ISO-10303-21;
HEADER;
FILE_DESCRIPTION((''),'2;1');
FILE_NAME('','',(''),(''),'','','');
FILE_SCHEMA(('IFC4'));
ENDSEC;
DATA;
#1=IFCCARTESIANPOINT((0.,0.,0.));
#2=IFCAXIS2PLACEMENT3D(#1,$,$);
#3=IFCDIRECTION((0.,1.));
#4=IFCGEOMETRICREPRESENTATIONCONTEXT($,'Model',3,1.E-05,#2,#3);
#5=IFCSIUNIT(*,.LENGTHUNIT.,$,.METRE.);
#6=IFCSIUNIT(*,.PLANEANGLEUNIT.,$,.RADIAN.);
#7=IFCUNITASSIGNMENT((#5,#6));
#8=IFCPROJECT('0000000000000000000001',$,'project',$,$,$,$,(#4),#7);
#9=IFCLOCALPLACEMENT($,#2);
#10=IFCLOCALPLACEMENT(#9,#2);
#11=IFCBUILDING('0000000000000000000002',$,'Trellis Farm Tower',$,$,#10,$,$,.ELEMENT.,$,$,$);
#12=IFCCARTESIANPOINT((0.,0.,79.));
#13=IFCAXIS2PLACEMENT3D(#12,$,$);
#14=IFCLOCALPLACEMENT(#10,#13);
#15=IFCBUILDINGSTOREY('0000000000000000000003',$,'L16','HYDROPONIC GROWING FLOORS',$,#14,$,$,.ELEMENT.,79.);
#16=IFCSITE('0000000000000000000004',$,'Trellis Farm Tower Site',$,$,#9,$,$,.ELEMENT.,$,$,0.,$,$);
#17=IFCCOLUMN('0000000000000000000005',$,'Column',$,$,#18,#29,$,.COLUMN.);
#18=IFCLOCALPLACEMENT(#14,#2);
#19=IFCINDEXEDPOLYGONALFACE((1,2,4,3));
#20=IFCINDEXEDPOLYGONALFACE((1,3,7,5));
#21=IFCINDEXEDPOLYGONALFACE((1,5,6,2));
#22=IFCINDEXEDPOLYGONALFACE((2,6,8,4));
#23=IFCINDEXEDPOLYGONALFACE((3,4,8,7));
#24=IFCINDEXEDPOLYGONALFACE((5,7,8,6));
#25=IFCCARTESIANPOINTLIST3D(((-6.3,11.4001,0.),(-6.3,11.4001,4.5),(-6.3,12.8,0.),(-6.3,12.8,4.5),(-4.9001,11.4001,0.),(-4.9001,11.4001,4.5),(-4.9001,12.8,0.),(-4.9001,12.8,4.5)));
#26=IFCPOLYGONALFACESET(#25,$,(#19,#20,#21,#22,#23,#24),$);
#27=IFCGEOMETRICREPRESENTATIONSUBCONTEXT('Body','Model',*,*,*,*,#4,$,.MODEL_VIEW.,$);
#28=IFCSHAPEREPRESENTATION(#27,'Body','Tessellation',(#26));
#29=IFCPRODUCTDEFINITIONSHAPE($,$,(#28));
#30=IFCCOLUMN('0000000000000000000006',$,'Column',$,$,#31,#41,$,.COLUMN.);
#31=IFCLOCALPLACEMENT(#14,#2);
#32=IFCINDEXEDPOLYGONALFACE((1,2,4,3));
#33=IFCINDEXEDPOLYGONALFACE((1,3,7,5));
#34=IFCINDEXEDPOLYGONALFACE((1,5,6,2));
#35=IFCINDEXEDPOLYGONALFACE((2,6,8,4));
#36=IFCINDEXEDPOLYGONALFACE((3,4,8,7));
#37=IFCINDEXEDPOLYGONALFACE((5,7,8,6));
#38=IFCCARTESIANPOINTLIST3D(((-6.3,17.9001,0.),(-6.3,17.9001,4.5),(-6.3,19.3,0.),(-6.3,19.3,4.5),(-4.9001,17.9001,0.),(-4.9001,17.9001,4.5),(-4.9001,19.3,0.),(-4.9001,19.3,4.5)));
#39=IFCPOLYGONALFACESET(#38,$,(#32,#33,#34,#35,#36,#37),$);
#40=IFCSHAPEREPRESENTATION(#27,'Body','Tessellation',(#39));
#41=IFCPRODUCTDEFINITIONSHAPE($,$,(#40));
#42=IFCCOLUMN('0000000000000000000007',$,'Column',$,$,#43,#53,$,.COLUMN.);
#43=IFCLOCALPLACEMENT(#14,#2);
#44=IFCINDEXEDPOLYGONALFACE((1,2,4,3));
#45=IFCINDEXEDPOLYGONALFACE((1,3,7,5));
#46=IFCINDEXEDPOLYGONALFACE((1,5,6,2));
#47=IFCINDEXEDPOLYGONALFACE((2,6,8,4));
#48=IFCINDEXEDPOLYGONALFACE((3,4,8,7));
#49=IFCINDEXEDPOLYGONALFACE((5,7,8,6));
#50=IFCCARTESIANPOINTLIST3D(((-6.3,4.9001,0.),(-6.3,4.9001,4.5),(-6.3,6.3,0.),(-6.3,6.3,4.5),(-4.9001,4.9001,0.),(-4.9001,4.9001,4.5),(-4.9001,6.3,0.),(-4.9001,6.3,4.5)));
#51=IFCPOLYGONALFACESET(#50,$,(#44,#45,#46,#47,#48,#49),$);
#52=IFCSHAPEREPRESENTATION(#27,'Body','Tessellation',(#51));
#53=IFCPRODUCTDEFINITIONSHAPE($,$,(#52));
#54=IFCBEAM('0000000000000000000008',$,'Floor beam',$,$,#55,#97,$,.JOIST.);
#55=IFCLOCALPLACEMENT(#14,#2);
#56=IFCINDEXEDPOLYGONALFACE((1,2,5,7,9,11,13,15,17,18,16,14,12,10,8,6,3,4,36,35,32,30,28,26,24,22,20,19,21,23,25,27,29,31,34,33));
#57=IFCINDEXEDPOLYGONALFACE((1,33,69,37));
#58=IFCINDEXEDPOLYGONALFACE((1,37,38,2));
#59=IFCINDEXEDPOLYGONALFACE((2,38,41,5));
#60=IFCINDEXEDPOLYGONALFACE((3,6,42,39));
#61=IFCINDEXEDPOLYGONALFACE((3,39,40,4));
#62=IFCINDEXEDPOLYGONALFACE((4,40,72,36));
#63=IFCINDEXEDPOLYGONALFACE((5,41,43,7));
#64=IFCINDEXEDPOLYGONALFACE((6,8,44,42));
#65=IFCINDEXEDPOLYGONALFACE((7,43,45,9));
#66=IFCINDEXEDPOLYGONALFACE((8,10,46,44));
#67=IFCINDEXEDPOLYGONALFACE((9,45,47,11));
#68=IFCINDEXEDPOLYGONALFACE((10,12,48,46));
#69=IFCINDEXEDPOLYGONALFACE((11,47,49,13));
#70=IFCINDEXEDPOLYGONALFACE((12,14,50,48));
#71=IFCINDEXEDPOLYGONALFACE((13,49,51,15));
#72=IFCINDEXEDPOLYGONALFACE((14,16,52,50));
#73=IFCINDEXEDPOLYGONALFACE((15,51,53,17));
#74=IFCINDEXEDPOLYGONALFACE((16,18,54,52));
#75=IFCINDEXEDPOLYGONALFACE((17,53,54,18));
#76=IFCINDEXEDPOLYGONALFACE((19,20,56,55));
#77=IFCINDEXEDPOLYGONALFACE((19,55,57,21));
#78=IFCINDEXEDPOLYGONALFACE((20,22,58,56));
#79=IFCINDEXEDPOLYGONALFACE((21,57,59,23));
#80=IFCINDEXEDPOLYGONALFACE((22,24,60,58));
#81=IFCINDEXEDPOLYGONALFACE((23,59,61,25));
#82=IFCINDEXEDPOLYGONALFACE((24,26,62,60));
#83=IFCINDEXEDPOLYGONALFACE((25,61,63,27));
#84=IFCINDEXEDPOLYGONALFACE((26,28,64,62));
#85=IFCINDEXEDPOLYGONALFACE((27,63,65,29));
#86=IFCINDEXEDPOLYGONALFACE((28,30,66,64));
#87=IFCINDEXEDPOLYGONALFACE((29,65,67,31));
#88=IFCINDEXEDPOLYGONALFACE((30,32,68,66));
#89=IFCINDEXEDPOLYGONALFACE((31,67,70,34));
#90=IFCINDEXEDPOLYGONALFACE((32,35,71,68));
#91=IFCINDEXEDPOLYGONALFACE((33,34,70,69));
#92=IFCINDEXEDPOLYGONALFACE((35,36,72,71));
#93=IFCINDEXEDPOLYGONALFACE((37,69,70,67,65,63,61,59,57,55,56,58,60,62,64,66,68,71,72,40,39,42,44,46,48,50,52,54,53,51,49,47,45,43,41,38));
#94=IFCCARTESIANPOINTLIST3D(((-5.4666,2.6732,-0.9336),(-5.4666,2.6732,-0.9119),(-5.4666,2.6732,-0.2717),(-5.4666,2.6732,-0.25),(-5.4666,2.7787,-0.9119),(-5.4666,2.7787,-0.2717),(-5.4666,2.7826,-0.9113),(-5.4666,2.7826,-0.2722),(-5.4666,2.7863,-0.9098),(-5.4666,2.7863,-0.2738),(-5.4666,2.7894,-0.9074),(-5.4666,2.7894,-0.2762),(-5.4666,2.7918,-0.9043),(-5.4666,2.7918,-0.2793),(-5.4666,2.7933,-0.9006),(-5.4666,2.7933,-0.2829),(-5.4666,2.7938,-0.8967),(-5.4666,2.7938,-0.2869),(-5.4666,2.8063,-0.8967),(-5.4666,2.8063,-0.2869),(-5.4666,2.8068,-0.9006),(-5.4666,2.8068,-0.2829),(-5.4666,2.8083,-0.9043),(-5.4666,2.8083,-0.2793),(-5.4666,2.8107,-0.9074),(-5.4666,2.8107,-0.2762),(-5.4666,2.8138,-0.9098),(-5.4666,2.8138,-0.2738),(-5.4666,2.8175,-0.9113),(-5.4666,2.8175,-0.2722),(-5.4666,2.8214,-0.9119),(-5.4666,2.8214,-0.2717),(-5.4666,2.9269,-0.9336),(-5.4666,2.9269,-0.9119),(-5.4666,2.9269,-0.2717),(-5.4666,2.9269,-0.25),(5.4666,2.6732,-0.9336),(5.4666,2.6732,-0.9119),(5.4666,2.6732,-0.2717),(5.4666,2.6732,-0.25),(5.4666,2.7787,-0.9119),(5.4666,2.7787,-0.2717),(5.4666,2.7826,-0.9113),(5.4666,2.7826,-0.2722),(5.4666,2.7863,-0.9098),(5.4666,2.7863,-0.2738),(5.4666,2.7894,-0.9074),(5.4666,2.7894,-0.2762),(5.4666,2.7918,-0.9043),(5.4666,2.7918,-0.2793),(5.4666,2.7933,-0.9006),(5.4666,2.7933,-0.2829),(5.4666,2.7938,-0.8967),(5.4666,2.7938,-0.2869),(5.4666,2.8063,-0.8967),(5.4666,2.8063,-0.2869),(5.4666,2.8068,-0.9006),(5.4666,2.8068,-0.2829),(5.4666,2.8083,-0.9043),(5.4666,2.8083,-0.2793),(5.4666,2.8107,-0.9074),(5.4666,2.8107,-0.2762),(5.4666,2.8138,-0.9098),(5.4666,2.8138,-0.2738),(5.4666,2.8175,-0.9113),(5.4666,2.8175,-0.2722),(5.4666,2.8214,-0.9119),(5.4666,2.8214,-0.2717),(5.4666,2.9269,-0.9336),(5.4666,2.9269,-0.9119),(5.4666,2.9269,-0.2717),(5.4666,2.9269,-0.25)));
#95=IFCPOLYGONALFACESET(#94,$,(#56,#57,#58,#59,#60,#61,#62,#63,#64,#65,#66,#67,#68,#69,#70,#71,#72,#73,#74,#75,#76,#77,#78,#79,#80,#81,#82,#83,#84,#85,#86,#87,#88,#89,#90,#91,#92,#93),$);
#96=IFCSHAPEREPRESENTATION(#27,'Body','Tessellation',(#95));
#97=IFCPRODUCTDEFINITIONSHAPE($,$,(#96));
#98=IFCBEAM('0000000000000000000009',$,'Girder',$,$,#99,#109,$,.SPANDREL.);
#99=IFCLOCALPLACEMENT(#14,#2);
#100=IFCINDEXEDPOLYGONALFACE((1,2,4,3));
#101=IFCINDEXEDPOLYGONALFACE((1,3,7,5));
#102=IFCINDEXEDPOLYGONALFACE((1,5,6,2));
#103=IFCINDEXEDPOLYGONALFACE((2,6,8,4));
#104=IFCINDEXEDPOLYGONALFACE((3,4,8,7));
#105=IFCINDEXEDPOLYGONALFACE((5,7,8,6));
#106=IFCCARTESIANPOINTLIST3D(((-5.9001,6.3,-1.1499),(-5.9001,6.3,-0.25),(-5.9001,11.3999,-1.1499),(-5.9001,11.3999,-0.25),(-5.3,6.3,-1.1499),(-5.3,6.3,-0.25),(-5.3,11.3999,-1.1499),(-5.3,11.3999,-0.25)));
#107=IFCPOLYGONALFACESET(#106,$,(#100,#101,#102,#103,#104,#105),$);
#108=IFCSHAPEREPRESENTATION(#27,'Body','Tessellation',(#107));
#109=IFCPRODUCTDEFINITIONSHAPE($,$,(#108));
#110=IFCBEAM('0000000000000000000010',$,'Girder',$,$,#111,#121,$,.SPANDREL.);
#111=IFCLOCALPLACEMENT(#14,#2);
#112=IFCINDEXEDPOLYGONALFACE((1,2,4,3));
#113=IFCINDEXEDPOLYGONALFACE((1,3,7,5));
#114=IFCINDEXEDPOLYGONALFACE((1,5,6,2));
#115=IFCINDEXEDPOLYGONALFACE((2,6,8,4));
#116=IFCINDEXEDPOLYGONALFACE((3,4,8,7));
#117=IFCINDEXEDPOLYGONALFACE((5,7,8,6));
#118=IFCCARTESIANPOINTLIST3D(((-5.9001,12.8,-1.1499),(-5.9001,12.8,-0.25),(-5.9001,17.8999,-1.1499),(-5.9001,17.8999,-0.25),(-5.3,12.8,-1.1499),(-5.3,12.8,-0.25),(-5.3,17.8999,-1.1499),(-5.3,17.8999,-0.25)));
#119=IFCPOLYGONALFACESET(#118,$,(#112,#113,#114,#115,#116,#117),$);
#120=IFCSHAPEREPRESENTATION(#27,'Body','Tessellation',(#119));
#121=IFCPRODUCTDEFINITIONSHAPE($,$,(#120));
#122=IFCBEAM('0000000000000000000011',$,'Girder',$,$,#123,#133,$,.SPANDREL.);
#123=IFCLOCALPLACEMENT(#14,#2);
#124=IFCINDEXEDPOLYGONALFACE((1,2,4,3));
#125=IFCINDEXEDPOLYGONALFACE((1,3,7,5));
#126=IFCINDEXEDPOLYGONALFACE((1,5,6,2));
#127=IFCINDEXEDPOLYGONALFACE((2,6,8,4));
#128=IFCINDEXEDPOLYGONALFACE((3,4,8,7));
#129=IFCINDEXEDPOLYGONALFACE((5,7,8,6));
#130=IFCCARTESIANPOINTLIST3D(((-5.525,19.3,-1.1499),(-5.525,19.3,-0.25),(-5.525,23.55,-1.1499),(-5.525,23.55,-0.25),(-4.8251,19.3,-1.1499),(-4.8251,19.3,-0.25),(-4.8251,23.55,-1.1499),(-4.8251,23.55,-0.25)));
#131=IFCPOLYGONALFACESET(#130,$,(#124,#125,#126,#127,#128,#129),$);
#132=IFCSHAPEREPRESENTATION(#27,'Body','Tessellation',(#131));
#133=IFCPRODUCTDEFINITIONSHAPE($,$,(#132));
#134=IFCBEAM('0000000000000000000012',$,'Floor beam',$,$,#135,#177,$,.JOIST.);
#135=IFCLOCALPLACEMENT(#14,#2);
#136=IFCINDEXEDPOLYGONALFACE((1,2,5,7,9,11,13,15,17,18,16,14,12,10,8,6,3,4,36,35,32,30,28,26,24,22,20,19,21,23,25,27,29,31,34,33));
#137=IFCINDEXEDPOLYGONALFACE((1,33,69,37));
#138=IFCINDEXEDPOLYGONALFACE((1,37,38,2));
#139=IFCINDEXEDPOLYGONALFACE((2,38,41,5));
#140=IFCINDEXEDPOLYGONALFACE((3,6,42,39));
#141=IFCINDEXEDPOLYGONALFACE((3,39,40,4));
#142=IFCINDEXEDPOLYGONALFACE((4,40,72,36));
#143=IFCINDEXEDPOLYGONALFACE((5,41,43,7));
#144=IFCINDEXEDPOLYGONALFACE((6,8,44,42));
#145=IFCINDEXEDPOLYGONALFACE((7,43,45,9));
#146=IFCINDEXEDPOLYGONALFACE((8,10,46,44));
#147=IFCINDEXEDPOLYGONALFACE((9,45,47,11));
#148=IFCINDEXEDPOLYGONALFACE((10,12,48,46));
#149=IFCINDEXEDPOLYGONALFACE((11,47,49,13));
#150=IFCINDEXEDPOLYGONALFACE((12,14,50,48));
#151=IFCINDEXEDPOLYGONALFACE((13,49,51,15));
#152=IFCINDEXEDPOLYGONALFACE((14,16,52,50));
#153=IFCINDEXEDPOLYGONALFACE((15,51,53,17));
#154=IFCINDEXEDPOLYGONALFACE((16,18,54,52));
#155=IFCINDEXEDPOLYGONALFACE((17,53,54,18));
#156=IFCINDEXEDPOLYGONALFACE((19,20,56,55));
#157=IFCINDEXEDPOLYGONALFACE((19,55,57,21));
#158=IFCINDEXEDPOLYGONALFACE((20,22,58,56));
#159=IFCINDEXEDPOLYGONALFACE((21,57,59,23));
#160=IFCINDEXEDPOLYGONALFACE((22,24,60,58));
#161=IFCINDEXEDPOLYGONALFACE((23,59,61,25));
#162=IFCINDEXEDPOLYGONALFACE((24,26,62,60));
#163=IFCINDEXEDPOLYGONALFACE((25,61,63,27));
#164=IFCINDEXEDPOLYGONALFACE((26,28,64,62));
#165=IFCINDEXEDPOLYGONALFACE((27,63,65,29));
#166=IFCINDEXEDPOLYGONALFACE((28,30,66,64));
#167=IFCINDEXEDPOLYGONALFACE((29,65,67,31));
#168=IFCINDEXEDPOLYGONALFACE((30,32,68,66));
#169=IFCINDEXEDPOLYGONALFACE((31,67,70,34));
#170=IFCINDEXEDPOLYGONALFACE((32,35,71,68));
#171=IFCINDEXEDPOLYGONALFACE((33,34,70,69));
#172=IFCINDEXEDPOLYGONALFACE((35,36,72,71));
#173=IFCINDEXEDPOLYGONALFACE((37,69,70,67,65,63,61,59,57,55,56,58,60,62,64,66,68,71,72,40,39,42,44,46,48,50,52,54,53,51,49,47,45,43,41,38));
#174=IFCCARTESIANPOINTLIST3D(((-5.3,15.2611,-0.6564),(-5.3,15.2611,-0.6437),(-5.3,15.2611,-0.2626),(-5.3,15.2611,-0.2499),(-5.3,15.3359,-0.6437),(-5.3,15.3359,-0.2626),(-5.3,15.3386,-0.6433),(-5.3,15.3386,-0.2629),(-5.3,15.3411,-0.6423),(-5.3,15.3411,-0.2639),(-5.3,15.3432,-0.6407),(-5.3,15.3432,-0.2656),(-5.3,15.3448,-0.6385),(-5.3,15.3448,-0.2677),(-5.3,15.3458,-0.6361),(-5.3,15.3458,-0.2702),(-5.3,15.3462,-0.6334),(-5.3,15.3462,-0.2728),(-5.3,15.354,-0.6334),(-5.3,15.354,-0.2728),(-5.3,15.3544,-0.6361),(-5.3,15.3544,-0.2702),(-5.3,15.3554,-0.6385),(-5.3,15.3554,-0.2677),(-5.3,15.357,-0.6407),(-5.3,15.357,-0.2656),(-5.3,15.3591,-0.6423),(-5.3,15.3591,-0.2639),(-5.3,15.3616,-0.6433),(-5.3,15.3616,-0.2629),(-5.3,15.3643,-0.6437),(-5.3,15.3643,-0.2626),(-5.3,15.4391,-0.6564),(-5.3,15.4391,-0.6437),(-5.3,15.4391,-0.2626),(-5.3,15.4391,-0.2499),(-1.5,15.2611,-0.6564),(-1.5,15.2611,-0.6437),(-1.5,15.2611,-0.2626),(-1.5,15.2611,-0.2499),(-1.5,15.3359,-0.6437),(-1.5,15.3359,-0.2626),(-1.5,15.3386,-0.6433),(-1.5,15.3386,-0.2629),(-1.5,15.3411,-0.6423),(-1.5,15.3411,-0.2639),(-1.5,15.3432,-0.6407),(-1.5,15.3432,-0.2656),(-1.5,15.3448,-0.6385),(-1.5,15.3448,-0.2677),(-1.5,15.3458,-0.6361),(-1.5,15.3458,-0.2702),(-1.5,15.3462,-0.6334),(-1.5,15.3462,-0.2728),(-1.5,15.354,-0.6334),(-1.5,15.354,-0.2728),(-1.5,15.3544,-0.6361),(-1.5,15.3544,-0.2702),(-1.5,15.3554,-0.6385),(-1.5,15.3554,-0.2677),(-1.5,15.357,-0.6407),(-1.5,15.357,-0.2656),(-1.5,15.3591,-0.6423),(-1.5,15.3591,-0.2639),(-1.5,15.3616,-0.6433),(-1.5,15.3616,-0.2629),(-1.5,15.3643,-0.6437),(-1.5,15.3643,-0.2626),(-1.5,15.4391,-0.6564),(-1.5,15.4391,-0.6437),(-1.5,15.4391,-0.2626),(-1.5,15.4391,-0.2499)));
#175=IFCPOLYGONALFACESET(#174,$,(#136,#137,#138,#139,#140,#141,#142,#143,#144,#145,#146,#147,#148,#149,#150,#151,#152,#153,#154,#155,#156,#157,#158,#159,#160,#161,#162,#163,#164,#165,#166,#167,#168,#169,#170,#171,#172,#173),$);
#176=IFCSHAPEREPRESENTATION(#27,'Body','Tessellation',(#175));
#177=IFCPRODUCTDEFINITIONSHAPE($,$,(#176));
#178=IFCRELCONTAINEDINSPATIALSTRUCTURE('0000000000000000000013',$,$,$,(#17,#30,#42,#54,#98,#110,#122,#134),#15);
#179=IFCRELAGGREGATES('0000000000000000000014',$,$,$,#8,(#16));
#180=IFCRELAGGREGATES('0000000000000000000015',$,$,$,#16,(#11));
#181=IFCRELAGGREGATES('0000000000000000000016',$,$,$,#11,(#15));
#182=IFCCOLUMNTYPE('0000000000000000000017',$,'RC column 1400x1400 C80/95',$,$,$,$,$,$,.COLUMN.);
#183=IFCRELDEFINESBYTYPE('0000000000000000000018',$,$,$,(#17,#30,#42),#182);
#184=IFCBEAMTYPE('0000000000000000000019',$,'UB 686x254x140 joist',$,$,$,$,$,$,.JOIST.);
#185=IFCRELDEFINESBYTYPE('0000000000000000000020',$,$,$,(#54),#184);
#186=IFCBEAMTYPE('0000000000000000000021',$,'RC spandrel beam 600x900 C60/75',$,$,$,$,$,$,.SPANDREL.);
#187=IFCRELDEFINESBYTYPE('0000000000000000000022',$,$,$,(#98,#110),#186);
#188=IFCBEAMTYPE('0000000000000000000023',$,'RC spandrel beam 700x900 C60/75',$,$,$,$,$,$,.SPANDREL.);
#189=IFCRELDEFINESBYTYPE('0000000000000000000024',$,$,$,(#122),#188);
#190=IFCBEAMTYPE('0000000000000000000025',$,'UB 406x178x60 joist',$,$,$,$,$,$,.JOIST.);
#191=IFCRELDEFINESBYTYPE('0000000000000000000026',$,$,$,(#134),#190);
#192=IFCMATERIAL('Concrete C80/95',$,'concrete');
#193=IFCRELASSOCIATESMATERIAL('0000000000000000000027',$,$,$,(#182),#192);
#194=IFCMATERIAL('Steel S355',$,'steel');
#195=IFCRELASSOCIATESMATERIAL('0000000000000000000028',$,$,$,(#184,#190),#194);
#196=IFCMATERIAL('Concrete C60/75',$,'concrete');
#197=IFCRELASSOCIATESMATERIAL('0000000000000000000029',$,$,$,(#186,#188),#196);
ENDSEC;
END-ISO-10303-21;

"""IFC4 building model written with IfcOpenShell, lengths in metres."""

from ifc_helpers import new_model, si_unit, direction, frame, origin, origin_2d, place, context, subcontext, project, spatial, rectangle, i_section, extrude, source, transform, mapped, material, material_profile, profile_set, type_object, element, save


model = new_model("IFC4")

# Units and contexts
model_context = context("Model", 3, precision=1e-05, world=origin(), true_north=direction((0.0, 1.0)))
body_context = subcontext(model_context, "Body", "Model", "MODEL_VIEW")
ifc_project = project(units=[si_unit("LENGTHUNIT", "METRE"), si_unit("PLANEANGLEUNIT", "RADIAN")], contexts=[model_context])

# Site, building, storey
site_placement = place(None, origin())
site = spatial("IfcSite", under=ifc_project, at=site_placement, Name="Trellis Farm Tower Site", CompositionType="ELEMENT", RefElevation=0.0)
building_placement = place(site_placement, origin())
building = spatial("IfcBuilding", under=site, at=building_placement, Name="Trellis Farm Tower", CompositionType="ELEMENT")
storey_placement = place(building_placement, frame((0.0, 0.0, 79.0)))
storey = spatial("IfcBuildingStorey", under=building, at=storey_placement, Name="L16", Description="HYDROPONIC GROWING FLOORS", CompositionType="ELEMENT", Elevation=79.0)

# Columns
ifc_material_1 = material(Name="Concrete C80/95", Category="concrete")
ifc_material_profile_1 = material_profile(ifc_material_1, rectangle(XDim=1.3999, YDim=1.3999, at=origin_2d()), Name="RC column 1400x1400 C80/95")
ifc_profile_set_1 = profile_set([ifc_material_profile_1], Name="Concrete C80/95")
column_type = type_object("IfcColumnType", Name="RC column 1400x1400 C80/95", PredefinedType="COLUMN", material=ifc_profile_set_1)
shared_shape_1 = source(origin(), body_context, "Body", "SweptSolid", [
    extrude(rectangle(XDim=1.3999, YDim=1.3999, at=origin_2d()), origin(), (0.0, 0.0, 1.0), 4.5),
])
for number, where, z_axis, x_axis, name in (
    (1, (-5.6001, 12.1001, 0.0), (0.0, 0.0, 1.0), (1.0, 0.0, 0.0), "Column"),
    (2, (-5.6001, 18.6001, 0.0), (0.0, 0.0, 1.0), (1.0, 0.0, 0.0), "Column"),
    (3, (-5.6001, 5.6001, 0.0), (0.0, 0.0, 1.0), (1.0, 0.0, 0.0), "Column"),
):
    element("IfcColumn", number, at=place(storey_placement, frame(where, z_axis=z_axis, x_axis=x_axis)), inside=storey, type_object=column_type, Name=name, PredefinedType="COLUMN", context=body_context, shape_type="MappedRepresentation", body=[
        mapped(shared_shape_1, transform((0.0, 0.0, 0.0))),
    ])

# Beams
ifc_material_2 = material(Name="Steel S355", Category="steel")
ifc_material_profile_2 = material_profile(ifc_material_2, i_section(OverallWidth=0.2537, OverallDepth=0.6836, WebThickness=0.0125, FlangeThickness=0.0217, FilletRadius=0.0151, at=origin_2d()), Name="UB 686x254x140")
ifc_profile_set_2 = profile_set([ifc_material_profile_2], Name="Steel S355")
beam_type_1 = type_object("IfcBeamType", Name="UB 686x254x140 joist", PredefinedType="JOIST", material=ifc_profile_set_2)
shared_shape_2 = source(origin(), body_context, "Body", "SweptSolid", [
    extrude(i_section(OverallWidth=0.2537, OverallDepth=0.6836, WebThickness=0.0125, FlangeThickness=0.0217, FilletRadius=0.0151, at=origin_2d()), origin(), (0.0, 0.0, 1.0), 10.9331),
])
beam_1_placement = place(storey_placement, frame((-5.4666, 2.8, -0.5918), z_axis=(1.0, 0.0, 0.0), x_axis=(0.0, 1.0, 0.0)))
element("IfcBeam", 4, at=beam_1_placement, inside=storey, type_object=beam_type_1, Name="Floor beam", PredefinedType="JOIST", context=body_context, shape_type="MappedRepresentation", body=[
    mapped(shared_shape_2, transform((0.0, 0.0, 0.0))),
])
ifc_material_3 = material(Name="Concrete C60/75", Category="concrete")
ifc_material_profile_3 = material_profile(ifc_material_3, rectangle(XDim=0.6001, YDim=0.8999, at=origin_2d()), Name="RC spandrel beam 600x900 C60/75")
ifc_profile_set_3 = profile_set([ifc_material_profile_3], Name="Concrete C60/75")
beam_type_2 = type_object("IfcBeamType", Name="RC spandrel beam 600x900 C60/75", PredefinedType="SPANDREL", material=ifc_profile_set_3)
shared_shape_3 = source(origin(), body_context, "Body", "SweptSolid", [
    extrude(rectangle(XDim=0.6001, YDim=0.8999, at=origin_2d()), origin(), (0.0, 0.0, 1.0), 5.0999),
])
for number, where, z_axis, x_axis, name in (
    (5, (-5.6001, 6.3, -0.7), (0.0, 1.0, 0.0), (-1.0, 0.0, 0.0), "Girder"),
    (6, (-5.6001, 12.8, -0.7), (0.0, 1.0, 0.0), (-1.0, 0.0, 0.0), "Girder"),
):
    element("IfcBeam", number, at=place(storey_placement, frame(where, z_axis=z_axis, x_axis=x_axis)), inside=storey, type_object=beam_type_2, Name=name, PredefinedType="SPANDREL", context=body_context, shape_type="MappedRepresentation", body=[
        mapped(shared_shape_3, transform((0.0, 0.0, 0.0))),
    ])
ifc_material_profile_4 = material_profile(ifc_material_3, rectangle(XDim=0.7, YDim=0.8999, at=origin_2d()), Name="RC spandrel beam 700x900 C60/75")
ifc_profile_set_4 = profile_set([ifc_material_profile_4], Name="Concrete C60/75")
beam_type_3 = type_object("IfcBeamType", Name="RC spandrel beam 700x900 C60/75", PredefinedType="SPANDREL", material=ifc_profile_set_4)
shared_shape_4 = source(origin(), body_context, "Body", "SweptSolid", [
    extrude(rectangle(XDim=0.7, YDim=0.8999, at=origin_2d()), origin(), (0.0, 0.0, 1.0), 4.25),
])
beam_2_placement = place(storey_placement, frame((-5.175, 19.3, -0.7), z_axis=(0.0, 1.0, 0.0), x_axis=(-1.0, 0.0, 0.0)))
element("IfcBeam", 7, at=beam_2_placement, inside=storey, type_object=beam_type_3, Name="Girder", PredefinedType="SPANDREL", context=body_context, shape_type="MappedRepresentation", body=[
    mapped(shared_shape_4, transform((0.0, 0.0, 0.0))),
])
ifc_material_profile_5 = material_profile(ifc_material_2, i_section(OverallWidth=0.178, OverallDepth=0.4065, WebThickness=0.0078, FlangeThickness=0.0127, FilletRadius=0.0103, at=origin_2d()), Name="UB 406x178x60")
ifc_profile_set_5 = profile_set([ifc_material_profile_5], Name="Steel S355")
beam_type_4 = type_object("IfcBeamType", Name="UB 406x178x60 joist", PredefinedType="JOIST", material=ifc_profile_set_5)
shared_shape_5 = source(origin(), body_context, "Body", "SweptSolid", [
    extrude(i_section(OverallWidth=0.178, OverallDepth=0.4065, WebThickness=0.0078, FlangeThickness=0.0127, FilletRadius=0.0103, at=origin_2d()), origin(), (0.0, 0.0, 1.0), 3.8),
])
beam_3_placement = place(storey_placement, frame((-5.3, 15.3501, -0.4531), z_axis=(1.0, 0.0, 0.0), x_axis=(0.0, 1.0, 0.0)))
element("IfcBeam", 8, at=beam_3_placement, inside=storey, type_object=beam_type_4, Name="Floor beam", PredefinedType="JOIST", context=body_context, shape_type="MappedRepresentation", body=[
    mapped(shared_shape_5, transform((0.0, 0.0, 0.0))),
])

save(model, "model.ifc")
